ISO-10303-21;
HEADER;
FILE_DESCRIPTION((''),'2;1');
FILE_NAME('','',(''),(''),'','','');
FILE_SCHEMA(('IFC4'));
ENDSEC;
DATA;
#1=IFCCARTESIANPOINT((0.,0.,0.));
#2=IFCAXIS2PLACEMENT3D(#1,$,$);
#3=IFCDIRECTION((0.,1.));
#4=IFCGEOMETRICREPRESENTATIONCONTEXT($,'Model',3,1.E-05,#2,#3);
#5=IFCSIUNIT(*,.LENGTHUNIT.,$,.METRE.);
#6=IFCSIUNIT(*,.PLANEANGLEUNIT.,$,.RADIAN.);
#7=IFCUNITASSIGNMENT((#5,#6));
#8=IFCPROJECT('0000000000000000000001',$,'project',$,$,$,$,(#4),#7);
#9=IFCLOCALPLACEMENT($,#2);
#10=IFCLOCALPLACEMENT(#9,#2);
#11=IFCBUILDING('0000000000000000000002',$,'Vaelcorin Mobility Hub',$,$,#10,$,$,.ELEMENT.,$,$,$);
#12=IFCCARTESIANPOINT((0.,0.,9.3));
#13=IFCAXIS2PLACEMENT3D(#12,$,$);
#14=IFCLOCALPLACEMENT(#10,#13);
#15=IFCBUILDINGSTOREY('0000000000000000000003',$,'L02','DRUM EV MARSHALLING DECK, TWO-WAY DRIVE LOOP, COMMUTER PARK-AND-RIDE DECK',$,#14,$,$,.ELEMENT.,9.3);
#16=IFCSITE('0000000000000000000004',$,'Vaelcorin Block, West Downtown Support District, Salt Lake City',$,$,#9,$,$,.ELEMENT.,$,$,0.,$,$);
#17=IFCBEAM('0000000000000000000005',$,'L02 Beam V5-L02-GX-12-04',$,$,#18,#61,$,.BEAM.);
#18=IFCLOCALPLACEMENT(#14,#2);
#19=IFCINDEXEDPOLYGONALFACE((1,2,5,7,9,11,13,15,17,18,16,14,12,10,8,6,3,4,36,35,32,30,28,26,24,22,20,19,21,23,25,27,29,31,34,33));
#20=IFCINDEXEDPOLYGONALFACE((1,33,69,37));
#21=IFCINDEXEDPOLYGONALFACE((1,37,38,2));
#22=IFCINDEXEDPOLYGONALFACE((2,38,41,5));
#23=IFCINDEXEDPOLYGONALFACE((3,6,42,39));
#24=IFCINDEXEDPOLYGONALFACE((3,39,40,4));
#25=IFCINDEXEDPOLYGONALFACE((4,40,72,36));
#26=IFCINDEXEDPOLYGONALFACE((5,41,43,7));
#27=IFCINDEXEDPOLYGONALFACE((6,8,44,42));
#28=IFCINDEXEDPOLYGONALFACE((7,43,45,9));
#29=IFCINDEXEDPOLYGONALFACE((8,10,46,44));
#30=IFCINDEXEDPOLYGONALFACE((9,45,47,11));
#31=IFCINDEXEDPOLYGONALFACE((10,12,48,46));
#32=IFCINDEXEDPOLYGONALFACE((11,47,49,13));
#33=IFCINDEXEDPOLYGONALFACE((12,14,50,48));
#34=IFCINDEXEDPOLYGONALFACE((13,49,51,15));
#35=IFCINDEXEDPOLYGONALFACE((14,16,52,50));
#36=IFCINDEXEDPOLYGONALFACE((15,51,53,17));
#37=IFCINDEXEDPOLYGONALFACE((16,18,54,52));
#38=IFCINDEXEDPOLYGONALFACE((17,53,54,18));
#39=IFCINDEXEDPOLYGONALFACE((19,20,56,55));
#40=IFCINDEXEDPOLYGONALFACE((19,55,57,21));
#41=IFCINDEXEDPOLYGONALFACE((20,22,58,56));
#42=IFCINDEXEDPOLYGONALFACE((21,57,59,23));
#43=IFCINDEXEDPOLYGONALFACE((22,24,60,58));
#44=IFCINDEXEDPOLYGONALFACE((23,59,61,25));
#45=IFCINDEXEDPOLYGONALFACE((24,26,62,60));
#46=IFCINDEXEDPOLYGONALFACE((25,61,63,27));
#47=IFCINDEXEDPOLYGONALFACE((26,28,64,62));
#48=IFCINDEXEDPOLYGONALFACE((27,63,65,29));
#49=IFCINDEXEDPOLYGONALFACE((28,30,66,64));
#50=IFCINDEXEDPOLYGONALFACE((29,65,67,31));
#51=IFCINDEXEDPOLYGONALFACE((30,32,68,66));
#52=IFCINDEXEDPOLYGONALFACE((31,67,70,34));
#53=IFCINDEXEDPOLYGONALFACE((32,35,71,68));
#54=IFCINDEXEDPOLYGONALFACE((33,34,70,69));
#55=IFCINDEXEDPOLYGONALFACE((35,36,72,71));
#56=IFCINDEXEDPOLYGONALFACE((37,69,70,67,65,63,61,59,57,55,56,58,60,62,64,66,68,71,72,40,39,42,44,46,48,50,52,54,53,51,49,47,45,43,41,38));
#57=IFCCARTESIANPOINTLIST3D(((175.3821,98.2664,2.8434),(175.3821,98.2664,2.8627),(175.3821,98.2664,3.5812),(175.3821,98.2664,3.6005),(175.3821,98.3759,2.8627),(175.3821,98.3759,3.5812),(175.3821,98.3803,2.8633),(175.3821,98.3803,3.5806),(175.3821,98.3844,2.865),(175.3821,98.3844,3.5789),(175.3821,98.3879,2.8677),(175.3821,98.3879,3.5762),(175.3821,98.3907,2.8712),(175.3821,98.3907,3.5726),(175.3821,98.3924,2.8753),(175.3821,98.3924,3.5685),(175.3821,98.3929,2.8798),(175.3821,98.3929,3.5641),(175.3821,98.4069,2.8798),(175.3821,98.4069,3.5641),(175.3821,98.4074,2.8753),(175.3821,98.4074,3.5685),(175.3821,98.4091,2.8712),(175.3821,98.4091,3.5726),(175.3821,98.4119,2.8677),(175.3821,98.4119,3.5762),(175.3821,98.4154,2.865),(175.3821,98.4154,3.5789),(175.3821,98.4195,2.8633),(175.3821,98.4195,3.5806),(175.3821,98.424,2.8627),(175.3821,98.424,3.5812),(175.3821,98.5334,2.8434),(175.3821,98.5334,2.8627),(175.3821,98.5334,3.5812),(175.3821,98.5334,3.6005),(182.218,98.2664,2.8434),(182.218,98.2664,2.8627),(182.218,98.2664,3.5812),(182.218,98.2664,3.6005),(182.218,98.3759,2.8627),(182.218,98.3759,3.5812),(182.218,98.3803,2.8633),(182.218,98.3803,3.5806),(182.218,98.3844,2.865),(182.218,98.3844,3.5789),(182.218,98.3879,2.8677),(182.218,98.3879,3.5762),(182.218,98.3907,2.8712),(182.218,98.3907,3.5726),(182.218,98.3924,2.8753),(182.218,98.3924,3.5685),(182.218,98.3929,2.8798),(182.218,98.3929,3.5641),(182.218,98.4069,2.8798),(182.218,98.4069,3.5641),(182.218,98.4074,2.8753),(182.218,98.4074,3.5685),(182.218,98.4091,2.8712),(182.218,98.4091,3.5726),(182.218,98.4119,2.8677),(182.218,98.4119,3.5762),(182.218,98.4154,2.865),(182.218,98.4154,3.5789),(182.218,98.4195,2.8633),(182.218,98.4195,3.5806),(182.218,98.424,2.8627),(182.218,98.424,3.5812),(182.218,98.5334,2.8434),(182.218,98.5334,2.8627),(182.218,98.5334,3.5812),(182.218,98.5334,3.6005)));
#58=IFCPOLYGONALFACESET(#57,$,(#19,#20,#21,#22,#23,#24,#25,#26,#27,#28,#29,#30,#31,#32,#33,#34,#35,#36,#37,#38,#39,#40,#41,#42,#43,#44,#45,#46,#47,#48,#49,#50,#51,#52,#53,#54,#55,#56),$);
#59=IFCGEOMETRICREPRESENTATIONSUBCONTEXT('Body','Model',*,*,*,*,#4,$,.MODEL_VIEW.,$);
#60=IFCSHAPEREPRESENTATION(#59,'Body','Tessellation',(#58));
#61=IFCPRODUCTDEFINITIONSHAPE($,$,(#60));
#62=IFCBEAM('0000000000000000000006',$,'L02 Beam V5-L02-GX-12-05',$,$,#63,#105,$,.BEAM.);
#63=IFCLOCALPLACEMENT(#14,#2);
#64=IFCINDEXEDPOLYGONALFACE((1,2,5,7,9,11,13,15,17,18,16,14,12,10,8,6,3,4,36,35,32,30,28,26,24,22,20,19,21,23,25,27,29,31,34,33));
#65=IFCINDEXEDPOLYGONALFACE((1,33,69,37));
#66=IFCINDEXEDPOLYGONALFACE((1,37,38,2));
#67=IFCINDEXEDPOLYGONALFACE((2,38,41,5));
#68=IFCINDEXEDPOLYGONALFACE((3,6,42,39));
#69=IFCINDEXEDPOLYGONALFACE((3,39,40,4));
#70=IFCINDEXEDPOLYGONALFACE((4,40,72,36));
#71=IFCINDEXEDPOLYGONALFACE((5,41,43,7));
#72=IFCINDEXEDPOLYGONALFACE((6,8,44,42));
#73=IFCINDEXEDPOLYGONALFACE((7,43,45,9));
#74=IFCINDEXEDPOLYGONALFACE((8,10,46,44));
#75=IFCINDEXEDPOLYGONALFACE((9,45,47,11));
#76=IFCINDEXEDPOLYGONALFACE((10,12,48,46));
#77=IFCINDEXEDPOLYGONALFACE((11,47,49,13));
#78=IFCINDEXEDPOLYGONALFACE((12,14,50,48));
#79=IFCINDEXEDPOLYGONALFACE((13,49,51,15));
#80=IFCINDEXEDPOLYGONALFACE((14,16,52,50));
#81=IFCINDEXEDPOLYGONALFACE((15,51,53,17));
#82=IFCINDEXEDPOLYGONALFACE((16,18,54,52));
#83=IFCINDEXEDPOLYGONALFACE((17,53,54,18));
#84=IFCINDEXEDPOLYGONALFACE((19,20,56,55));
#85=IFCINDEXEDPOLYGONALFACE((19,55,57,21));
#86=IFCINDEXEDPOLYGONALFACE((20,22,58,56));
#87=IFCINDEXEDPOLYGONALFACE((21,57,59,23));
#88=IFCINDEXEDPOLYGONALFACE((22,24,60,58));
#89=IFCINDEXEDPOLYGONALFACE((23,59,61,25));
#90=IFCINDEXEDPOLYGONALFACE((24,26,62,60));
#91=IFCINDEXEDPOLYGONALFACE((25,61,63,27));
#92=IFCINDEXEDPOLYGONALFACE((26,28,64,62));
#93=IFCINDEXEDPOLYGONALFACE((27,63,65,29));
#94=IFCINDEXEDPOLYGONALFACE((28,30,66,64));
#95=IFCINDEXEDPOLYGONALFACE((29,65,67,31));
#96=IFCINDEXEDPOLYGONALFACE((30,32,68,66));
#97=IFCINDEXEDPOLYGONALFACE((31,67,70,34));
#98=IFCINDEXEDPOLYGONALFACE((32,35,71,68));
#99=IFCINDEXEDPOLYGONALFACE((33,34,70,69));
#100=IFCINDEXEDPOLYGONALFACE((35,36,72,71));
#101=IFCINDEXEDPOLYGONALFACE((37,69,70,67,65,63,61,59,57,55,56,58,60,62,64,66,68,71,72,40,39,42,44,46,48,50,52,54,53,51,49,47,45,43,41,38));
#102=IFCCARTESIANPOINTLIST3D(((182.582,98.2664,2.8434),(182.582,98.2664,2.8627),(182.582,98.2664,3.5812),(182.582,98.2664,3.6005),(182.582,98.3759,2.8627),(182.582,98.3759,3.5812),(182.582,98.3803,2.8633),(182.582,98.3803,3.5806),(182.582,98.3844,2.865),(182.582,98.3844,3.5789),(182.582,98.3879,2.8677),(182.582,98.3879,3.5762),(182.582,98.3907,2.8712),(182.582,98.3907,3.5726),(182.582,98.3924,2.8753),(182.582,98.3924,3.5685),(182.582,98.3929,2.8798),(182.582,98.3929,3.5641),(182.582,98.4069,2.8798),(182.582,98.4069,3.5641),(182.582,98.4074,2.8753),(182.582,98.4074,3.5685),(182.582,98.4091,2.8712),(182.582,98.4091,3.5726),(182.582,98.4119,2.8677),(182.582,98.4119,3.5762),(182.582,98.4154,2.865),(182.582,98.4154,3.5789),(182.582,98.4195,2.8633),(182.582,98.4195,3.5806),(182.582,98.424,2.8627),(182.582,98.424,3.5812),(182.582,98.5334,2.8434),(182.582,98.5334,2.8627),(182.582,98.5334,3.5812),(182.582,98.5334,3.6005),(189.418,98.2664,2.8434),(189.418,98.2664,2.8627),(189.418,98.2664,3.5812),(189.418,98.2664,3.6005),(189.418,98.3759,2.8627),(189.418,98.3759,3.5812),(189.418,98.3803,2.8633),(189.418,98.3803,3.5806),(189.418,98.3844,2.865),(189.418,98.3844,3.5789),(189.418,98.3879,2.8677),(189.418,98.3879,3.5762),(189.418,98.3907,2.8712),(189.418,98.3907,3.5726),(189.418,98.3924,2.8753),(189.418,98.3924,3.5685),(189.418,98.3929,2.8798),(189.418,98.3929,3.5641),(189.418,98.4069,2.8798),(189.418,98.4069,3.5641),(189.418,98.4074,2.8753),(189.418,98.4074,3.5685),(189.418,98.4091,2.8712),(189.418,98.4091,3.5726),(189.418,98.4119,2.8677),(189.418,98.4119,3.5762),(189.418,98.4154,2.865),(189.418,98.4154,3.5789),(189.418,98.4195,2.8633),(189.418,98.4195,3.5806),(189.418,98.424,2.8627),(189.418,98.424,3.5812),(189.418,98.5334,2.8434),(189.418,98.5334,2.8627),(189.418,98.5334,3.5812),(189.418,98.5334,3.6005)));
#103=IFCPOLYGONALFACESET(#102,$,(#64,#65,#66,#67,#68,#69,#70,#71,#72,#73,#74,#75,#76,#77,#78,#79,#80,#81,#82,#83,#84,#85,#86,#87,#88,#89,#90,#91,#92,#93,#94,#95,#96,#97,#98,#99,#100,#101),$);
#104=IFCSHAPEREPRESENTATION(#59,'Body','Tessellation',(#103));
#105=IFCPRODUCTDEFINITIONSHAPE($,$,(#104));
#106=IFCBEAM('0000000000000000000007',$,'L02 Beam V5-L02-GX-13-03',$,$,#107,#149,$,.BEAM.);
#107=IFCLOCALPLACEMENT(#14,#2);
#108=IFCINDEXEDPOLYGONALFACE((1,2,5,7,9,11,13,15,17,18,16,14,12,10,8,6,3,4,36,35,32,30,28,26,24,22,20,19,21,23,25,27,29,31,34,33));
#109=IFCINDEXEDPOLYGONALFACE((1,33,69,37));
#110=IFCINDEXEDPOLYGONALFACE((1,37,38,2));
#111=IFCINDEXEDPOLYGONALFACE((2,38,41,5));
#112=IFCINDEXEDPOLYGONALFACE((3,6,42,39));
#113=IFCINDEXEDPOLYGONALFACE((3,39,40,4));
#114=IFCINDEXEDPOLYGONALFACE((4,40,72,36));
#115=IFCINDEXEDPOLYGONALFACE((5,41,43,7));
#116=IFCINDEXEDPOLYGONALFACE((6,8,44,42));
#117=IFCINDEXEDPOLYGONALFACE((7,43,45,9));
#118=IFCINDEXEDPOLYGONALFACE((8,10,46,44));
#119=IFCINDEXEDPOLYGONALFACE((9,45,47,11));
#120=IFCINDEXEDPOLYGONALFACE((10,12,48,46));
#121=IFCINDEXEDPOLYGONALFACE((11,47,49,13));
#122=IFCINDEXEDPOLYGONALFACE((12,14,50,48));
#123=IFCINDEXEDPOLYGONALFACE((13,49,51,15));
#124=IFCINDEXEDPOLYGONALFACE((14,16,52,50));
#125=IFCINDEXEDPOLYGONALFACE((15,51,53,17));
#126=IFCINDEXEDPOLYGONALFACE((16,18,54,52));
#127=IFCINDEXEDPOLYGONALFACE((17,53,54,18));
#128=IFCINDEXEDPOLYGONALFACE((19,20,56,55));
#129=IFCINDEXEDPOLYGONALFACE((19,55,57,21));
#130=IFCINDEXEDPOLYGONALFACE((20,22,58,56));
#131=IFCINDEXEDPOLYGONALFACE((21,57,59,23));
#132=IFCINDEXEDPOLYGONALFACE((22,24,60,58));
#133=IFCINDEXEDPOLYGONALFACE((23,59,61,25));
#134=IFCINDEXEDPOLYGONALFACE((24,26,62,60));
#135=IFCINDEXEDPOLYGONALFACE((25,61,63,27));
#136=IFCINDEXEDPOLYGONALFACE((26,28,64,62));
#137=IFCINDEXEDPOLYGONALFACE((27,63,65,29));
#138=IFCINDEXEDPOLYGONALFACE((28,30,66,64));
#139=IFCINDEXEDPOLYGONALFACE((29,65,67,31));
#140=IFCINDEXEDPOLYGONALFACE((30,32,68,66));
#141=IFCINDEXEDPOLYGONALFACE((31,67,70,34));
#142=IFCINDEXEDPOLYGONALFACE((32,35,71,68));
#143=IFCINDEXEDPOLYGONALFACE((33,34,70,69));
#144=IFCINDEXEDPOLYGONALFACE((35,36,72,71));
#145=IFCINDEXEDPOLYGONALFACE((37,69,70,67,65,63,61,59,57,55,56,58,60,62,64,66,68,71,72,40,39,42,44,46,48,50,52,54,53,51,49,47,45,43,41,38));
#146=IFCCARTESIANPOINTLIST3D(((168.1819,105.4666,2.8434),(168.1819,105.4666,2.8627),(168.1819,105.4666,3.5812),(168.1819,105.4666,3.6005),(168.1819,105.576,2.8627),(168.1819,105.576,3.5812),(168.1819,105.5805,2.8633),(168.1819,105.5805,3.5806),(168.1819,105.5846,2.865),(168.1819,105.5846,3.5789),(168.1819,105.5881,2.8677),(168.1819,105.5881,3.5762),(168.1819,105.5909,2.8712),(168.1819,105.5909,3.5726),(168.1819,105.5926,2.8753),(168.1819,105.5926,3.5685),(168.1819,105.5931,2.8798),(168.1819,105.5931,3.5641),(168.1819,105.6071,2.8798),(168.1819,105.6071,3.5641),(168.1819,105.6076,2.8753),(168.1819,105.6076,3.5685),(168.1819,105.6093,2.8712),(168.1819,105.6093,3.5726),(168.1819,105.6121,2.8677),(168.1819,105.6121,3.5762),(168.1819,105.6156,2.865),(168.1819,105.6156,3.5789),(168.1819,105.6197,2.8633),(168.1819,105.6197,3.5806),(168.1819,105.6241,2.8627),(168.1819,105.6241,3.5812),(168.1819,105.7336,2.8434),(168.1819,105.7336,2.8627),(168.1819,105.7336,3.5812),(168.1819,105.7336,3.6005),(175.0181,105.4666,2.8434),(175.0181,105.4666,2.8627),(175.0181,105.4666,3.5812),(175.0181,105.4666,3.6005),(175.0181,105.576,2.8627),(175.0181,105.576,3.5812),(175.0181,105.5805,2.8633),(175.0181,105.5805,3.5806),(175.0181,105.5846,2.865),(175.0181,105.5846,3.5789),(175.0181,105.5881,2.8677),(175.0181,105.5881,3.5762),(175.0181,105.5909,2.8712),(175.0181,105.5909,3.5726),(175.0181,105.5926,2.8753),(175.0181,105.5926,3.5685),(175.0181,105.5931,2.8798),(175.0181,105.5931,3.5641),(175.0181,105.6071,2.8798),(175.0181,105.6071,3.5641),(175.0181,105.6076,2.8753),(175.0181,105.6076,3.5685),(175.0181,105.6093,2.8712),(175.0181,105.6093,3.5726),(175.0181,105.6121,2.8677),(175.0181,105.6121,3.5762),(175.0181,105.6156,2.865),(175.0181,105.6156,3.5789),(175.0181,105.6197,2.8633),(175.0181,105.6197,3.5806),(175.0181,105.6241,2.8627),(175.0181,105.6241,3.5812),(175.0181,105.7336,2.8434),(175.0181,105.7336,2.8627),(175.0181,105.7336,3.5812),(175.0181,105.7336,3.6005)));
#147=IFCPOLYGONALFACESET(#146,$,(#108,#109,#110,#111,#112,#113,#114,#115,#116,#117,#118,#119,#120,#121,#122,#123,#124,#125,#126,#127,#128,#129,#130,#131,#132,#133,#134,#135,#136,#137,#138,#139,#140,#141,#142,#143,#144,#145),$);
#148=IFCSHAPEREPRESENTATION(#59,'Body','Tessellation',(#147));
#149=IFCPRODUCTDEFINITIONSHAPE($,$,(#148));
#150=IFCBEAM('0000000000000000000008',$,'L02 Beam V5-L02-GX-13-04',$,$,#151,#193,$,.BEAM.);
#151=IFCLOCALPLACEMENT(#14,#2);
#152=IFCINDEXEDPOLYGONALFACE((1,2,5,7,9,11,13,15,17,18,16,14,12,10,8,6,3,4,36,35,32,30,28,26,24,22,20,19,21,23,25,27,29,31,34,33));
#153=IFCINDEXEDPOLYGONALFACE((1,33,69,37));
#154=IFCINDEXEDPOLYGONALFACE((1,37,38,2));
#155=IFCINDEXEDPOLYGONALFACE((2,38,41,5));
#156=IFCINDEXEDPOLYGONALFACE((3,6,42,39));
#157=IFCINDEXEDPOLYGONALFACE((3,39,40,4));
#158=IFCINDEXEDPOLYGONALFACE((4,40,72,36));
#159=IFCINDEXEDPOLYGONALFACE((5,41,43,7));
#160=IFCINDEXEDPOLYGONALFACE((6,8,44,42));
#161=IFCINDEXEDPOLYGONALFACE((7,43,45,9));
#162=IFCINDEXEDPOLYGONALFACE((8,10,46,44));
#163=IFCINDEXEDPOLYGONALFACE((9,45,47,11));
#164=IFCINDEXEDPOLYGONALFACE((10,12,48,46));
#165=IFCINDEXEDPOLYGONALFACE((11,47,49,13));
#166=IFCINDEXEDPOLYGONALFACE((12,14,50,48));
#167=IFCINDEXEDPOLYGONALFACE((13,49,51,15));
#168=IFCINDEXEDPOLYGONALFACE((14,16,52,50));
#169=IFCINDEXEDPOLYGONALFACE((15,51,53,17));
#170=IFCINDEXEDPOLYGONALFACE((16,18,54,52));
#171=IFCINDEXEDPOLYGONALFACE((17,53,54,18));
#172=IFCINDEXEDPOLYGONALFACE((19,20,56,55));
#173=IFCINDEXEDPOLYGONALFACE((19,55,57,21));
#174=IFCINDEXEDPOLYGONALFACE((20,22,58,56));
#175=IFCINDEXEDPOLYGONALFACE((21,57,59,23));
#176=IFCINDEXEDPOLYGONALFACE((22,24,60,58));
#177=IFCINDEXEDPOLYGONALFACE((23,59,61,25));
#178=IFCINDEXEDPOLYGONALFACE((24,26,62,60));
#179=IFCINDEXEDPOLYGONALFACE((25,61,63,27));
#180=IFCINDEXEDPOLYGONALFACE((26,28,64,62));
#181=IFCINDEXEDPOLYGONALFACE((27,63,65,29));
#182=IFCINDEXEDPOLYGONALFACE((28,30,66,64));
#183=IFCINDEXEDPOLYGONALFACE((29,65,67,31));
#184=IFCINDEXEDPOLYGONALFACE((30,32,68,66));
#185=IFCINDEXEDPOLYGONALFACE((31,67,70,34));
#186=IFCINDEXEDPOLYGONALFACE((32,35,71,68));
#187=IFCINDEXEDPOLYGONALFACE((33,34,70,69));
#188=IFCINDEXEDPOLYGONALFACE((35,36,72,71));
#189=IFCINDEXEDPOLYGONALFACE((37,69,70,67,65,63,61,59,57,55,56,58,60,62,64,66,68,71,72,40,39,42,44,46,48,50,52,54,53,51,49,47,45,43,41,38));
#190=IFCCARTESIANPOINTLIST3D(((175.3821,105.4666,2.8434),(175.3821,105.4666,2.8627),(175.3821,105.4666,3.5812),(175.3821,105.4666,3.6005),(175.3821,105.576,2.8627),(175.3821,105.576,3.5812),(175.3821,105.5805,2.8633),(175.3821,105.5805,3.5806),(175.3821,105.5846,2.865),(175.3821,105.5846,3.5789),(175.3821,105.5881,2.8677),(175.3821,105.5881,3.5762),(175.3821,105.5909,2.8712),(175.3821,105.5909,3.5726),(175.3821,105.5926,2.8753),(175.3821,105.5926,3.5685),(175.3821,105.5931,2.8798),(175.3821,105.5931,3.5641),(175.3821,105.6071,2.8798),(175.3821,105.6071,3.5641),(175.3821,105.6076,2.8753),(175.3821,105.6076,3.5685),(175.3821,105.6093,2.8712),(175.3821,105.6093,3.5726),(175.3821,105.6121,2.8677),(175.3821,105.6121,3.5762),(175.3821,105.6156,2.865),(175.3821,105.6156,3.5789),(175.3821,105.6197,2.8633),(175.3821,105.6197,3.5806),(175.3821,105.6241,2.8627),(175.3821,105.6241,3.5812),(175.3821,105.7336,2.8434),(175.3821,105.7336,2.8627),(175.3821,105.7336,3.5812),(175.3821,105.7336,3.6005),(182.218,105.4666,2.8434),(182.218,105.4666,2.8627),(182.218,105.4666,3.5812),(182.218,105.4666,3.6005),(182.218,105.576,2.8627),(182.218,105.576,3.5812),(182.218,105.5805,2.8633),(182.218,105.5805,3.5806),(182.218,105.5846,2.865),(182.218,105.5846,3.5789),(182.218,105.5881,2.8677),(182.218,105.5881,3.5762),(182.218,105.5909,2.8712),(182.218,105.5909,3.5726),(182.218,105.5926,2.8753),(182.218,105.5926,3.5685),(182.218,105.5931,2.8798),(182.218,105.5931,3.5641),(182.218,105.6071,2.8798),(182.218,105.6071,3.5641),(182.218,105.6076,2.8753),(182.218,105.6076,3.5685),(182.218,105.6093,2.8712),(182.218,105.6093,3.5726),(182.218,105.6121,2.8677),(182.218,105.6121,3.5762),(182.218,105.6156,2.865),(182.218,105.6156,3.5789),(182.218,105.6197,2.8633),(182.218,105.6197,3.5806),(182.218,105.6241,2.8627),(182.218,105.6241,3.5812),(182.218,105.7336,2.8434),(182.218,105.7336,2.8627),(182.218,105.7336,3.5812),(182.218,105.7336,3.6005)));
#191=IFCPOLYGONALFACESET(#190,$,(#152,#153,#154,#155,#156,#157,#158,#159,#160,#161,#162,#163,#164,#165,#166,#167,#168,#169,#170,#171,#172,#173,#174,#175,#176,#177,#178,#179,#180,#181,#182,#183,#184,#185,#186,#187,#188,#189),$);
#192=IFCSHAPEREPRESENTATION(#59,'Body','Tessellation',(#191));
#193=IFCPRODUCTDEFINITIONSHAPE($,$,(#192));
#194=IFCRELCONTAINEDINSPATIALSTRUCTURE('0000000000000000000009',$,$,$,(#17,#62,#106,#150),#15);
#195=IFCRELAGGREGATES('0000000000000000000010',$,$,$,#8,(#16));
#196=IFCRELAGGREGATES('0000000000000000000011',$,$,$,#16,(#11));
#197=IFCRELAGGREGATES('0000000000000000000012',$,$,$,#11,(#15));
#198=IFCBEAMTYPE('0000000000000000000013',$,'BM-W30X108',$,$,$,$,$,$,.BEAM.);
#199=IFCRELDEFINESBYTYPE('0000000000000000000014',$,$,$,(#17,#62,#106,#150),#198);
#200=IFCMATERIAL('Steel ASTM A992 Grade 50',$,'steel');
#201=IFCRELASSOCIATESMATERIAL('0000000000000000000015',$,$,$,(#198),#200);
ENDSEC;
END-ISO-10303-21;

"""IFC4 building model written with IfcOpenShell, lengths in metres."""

from ifc_helpers import new_model, si_unit, direction, frame, origin, origin_2d, place, context, subcontext, project, spatial, i_section, extrude, material, material_profile, profile_set, type_object, element, save


model = new_model("IFC4")

# Units and contexts
model_context = context("Model", 3, precision=1e-05, world=origin(), true_north=direction((0.0, 1.0)))
body_context = subcontext(model_context, "Body", "Model", "MODEL_VIEW")
ifc_project = project(units=[si_unit("LENGTHUNIT", "METRE"), si_unit("PLANEANGLEUNIT", "RADIAN")], contexts=[model_context])

# Site, building, storey
site_placement = place(None, origin())
site = spatial("IfcSite", under=ifc_project, at=site_placement, Name="Vaelcorin Block, West Downtown Support District, Salt Lake City", CompositionType="ELEMENT", RefElevation=0.0)
building_placement = place(site_placement, origin())
building = spatial("IfcBuilding", under=site, at=building_placement, Name="Vaelcorin Mobility Hub", CompositionType="ELEMENT")
storey_placement = place(building_placement, frame((0.0, 0.0, 9.3)))
storey = spatial("IfcBuildingStorey", under=building, at=storey_placement, Name="L02", Description="DRUM EV MARSHALLING DECK, TWO-WAY DRIVE LOOP, COMMUTER PARK-AND-RIDE DECK", CompositionType="ELEMENT", Elevation=9.3)

# Shared definitions
ifc_material_1 = material(Name="Steel ASTM A992 Grade 50", Category="steel")

# Beams
ifc_material_profile_1 = material_profile(ifc_material_1, i_section(OverallWidth=0.2671, OverallDepth=0.7571, WebThickness=0.0139, FlangeThickness=0.0193, FilletRadius=0.0171, at=origin_2d()), Name="W30X108")
ifc_profile_set_1 = profile_set([ifc_material_profile_1], Name="Steel ASTM A992 Grade 50")
beam_type_1 = type_object("IfcBeamType", Name="BM-W30X108", PredefinedType="BEAM", material=ifc_profile_set_1)
for number, where, z_axis, x_axis, name in (
    (1, (175.3821, 98.3999, 3.2219), (1.0, 0.0, 0.0), (0.0, 1.0, 0.0), "L02 Beam V5-L02-GX-12-04"),
    (2, (182.582, 98.3999, 3.2219), (1.0, 0.0, 0.0), (0.0, 1.0, 0.0), "L02 Beam V5-L02-GX-12-05"),
):
    element("IfcBeam", number, at=place(storey_placement, frame(where, z_axis=z_axis, x_axis=x_axis)), inside=storey, type_object=beam_type_1, Name=name, PredefinedType="BEAM", context=body_context, shape_type="SweptSolid", body=[
        extrude(i_section(OverallWidth=0.2671, OverallDepth=0.7571, WebThickness=0.0139, FlangeThickness=0.0193, FilletRadius=0.0171, at=origin_2d()), origin(), (0.0, 0.0, 1.0), 6.8359),
    ])
beam_1_placement = place(storey_placement, frame((168.1819, 105.6001, 3.2219), z_axis=(1.0, 0.0, 0.0), x_axis=(0.0, 1.0, 0.0)))
element("IfcBeam", 3, at=beam_1_placement, inside=storey, type_object=beam_type_1, Name="L02 Beam V5-L02-GX-13-03", PredefinedType="BEAM", context=body_context, shape_type="SweptSolid", body=[
    extrude(i_section(OverallWidth=0.2671, OverallDepth=0.7571, WebThickness=0.0139, FlangeThickness=0.0193, FilletRadius=0.0171, at=origin_2d()), origin(), (0.0, 0.0, 1.0), 6.8362),
])
for number, where, z_axis, x_axis, name in (
    (4, (175.3821, 105.6001, 3.2219), (1.0, 0.0, 0.0), (0.0, 1.0, 0.0), "L02 Beam V5-L02-GX-13-04"),
):
    element("IfcBeam", number, at=place(storey_placement, frame(where, z_axis=z_axis, x_axis=x_axis)), inside=storey, type_object=beam_type_1, Name=name, PredefinedType="BEAM", context=body_context, shape_type="SweptSolid", body=[
        extrude(i_section(OverallWidth=0.2671, OverallDepth=0.7571, WebThickness=0.0139, FlangeThickness=0.0193, FilletRadius=0.0171, at=origin_2d()), origin(), (0.0, 0.0, 1.0), 6.8359),
    ])

save(model, "model.ifc")
